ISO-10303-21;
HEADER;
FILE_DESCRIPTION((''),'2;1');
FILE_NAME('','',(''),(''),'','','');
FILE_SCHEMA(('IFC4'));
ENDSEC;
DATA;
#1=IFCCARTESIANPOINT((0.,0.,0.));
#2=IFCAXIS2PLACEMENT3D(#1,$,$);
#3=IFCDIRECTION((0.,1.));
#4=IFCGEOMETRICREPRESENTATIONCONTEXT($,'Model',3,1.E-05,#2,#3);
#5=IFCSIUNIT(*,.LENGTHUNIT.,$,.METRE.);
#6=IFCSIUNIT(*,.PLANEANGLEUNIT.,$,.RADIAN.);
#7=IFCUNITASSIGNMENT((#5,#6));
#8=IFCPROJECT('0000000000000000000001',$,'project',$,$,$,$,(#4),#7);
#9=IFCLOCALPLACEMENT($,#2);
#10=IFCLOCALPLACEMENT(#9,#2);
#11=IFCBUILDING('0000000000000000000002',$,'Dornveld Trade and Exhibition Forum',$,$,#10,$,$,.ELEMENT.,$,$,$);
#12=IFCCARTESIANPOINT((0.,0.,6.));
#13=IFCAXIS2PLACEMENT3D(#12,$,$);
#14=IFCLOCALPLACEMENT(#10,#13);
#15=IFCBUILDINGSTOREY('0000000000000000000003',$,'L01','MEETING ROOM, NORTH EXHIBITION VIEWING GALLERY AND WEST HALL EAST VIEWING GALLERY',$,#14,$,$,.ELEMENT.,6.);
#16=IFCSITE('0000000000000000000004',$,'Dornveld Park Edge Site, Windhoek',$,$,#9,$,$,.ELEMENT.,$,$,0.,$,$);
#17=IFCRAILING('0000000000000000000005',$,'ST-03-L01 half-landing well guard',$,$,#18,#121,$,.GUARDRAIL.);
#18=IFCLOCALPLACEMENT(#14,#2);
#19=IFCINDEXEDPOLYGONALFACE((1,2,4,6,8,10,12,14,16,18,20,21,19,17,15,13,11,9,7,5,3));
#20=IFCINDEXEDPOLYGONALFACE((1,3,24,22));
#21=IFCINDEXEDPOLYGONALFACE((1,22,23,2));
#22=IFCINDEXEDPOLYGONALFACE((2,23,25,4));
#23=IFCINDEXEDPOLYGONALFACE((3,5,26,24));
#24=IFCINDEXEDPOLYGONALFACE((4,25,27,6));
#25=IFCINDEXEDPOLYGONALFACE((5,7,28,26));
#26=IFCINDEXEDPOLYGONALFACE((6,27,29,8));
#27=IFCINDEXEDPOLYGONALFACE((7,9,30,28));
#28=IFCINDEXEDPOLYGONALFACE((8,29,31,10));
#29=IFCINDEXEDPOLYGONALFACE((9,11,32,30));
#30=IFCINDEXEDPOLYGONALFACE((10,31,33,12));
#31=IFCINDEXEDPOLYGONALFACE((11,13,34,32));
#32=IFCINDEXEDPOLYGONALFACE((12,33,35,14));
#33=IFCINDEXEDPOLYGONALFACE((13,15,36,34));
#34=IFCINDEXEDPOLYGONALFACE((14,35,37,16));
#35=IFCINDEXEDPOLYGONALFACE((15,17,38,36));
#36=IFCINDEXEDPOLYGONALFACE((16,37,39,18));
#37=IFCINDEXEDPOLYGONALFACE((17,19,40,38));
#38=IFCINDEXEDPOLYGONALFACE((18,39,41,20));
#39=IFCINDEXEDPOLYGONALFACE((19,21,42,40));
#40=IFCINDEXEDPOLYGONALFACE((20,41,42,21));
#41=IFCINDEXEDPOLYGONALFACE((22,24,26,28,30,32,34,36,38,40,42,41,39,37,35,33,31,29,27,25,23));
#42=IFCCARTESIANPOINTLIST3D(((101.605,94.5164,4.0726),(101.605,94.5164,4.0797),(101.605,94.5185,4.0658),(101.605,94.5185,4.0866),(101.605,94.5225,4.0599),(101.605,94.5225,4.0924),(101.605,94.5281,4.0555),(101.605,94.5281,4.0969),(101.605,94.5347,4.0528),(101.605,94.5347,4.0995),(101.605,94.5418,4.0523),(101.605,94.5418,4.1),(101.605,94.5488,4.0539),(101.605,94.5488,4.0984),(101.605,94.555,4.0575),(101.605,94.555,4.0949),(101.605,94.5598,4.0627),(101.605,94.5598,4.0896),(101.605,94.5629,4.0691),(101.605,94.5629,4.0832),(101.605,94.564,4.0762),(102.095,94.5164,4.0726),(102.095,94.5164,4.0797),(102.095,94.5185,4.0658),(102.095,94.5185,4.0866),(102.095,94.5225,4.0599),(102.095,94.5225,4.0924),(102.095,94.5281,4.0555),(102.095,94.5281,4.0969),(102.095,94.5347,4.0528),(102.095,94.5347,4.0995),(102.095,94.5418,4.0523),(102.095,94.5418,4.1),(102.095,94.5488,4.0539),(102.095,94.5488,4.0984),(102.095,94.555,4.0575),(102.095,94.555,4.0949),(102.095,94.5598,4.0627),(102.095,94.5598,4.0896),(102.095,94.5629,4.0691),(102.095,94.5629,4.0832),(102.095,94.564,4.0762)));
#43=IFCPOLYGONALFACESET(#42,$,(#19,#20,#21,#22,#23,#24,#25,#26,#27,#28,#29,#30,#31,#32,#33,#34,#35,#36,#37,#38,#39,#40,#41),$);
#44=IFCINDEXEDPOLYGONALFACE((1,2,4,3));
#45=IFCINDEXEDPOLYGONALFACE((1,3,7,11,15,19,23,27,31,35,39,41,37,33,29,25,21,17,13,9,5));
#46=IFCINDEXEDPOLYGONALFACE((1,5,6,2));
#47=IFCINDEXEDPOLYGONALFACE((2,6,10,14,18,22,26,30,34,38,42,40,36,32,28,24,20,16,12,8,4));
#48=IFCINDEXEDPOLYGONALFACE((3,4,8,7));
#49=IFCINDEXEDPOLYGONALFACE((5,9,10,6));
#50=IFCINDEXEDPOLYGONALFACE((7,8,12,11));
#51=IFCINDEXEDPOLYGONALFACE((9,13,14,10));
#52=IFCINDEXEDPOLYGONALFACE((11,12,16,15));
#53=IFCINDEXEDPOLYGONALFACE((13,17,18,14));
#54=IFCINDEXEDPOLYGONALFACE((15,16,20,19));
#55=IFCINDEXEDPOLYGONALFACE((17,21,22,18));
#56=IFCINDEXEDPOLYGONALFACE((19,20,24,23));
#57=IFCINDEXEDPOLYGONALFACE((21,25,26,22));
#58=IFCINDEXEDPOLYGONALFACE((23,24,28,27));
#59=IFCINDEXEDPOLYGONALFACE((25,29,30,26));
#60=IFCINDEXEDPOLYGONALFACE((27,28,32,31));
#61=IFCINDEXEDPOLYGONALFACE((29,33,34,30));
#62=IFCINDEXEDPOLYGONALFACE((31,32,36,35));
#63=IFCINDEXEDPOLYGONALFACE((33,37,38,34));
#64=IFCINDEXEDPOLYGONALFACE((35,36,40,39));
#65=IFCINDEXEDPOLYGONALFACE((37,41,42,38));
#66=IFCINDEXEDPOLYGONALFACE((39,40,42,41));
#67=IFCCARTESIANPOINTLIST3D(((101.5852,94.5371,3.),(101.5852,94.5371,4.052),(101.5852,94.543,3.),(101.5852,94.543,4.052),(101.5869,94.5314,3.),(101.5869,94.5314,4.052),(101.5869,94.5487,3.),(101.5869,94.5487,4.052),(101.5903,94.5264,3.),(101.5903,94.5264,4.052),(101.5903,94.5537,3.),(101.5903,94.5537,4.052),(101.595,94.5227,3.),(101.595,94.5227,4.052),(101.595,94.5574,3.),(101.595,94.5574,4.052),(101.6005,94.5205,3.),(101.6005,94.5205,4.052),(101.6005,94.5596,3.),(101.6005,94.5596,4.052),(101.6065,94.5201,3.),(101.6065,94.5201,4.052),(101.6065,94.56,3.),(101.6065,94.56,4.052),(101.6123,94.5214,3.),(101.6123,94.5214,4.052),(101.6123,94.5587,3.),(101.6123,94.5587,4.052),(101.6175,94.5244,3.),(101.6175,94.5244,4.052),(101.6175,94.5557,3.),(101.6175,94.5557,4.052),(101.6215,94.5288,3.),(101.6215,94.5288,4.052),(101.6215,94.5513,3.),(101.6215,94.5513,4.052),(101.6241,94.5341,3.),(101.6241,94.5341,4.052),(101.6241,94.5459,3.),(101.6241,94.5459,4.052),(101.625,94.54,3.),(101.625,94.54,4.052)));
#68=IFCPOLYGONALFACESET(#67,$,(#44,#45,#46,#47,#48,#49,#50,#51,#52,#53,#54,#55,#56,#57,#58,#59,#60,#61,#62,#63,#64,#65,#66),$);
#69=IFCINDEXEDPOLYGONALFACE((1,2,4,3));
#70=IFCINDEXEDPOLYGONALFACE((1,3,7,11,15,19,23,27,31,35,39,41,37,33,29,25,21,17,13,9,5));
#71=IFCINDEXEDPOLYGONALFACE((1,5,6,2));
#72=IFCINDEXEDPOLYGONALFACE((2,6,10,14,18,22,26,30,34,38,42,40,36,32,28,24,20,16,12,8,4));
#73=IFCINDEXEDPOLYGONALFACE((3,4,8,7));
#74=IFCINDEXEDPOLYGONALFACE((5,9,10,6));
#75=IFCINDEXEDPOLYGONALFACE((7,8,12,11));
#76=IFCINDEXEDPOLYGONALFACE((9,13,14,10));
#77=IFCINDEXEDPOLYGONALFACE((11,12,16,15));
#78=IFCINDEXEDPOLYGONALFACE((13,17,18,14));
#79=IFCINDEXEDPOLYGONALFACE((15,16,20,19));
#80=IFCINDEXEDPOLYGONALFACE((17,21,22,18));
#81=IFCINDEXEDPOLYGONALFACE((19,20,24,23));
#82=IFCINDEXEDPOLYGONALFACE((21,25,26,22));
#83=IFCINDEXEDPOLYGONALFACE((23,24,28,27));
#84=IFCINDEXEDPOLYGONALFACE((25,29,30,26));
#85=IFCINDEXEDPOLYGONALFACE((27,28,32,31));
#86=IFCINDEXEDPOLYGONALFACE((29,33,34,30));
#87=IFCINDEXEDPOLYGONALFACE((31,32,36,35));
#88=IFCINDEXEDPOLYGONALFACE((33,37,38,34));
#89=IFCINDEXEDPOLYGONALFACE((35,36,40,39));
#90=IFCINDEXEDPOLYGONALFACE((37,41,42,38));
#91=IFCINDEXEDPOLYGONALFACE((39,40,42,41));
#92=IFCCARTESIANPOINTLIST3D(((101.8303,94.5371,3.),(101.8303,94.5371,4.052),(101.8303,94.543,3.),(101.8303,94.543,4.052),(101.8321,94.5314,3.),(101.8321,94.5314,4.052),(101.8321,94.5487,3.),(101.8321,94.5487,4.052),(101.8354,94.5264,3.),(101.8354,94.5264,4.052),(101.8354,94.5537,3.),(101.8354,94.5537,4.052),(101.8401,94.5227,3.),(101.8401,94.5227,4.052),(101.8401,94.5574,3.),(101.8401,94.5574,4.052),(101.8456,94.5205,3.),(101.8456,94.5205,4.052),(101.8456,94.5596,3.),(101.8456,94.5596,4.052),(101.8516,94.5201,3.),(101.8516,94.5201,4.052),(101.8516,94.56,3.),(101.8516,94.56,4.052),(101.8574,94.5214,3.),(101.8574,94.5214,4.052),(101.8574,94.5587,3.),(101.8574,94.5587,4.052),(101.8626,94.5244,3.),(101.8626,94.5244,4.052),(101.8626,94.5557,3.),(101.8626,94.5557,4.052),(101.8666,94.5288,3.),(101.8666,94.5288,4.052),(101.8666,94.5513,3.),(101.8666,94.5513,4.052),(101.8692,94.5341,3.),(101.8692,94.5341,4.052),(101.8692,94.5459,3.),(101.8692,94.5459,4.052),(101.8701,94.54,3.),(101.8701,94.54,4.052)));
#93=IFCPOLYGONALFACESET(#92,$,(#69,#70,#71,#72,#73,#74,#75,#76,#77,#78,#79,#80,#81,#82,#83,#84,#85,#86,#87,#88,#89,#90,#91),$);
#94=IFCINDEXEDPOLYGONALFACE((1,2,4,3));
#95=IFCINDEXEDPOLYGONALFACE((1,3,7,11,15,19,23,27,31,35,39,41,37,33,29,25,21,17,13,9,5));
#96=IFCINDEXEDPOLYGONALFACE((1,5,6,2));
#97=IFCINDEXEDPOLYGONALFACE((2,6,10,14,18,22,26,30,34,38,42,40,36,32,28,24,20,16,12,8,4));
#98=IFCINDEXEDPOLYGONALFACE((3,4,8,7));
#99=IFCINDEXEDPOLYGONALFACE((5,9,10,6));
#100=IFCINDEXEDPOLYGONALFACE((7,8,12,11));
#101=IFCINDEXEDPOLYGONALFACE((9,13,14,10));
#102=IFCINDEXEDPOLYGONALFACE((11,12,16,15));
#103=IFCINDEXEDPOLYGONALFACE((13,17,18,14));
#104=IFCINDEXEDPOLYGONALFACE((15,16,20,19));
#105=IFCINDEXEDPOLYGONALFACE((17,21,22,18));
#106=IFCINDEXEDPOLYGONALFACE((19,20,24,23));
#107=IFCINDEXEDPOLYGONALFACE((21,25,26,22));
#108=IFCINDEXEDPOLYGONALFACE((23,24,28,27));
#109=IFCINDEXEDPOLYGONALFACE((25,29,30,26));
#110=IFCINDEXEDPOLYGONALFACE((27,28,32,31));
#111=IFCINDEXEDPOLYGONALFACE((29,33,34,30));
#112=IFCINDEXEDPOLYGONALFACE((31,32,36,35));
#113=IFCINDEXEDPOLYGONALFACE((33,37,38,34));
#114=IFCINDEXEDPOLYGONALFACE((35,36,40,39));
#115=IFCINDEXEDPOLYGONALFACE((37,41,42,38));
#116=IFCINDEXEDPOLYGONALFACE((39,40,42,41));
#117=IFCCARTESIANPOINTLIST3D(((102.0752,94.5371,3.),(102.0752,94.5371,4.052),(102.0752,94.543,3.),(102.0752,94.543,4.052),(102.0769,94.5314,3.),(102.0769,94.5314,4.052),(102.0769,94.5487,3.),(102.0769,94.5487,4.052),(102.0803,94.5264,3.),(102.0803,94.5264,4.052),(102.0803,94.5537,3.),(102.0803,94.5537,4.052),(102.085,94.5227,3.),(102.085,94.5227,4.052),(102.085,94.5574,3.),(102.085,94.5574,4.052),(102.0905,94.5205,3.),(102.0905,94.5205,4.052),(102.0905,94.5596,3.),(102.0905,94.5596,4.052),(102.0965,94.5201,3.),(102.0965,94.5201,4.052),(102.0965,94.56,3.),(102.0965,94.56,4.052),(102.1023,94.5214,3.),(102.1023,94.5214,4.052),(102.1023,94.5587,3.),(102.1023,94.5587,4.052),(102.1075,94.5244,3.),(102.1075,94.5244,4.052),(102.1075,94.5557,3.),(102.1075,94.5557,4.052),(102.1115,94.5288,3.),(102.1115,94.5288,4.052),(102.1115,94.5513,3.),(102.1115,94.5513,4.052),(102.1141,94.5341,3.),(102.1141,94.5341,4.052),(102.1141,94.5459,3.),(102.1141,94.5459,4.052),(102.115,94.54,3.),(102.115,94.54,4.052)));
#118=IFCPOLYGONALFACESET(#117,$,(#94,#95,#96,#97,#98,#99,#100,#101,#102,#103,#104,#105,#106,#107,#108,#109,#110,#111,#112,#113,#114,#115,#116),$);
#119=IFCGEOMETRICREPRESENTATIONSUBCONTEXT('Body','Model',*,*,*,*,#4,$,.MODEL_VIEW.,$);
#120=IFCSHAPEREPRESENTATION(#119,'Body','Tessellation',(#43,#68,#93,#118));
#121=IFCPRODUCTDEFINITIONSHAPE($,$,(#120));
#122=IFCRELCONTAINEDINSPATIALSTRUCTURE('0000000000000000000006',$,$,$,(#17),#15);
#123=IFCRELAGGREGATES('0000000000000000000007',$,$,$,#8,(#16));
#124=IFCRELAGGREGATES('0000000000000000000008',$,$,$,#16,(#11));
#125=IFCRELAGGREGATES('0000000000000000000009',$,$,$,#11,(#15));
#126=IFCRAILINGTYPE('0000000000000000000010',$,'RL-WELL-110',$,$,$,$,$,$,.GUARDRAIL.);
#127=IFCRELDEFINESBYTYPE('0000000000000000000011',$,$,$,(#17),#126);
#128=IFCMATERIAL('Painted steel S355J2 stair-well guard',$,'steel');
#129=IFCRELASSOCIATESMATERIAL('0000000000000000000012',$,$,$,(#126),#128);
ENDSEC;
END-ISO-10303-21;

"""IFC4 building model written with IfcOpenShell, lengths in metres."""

from ifc_helpers import new_model, si_unit, direction, frame, origin, origin_2d, place, context, subcontext, project, spatial, circle, extrude, material, type_object, element, save


model = new_model("IFC4")

# Units and contexts
model_context = context("Model", 3, precision=1e-05, world=origin(), true_north=direction((0.0, 1.0)))
body_context = subcontext(model_context, "Body", "Model", "MODEL_VIEW")
ifc_project = project(units=[si_unit("LENGTHUNIT", "METRE"), si_unit("PLANEANGLEUNIT", "RADIAN")], contexts=[model_context])

# Site, building, storey
site_placement = place(None, origin())
site = spatial("IfcSite", under=ifc_project, at=site_placement, Name="Dornveld Park Edge Site, Windhoek", CompositionType="ELEMENT", RefElevation=0.0)
building_placement = place(site_placement, origin())
building = spatial("IfcBuilding", under=site, at=building_placement, Name="Dornveld Trade and Exhibition Forum", CompositionType="ELEMENT")
storey_placement = place(building_placement, frame((0.0, 0.0, 6.0)))
storey = spatial("IfcBuildingStorey", under=building, at=storey_placement, Name="L01", Description="MEETING ROOM, NORTH EXHIBITION VIEWING GALLERY AND WEST HALL EAST VIEWING GALLERY", CompositionType="ELEMENT", Elevation=6.0)

# Railing
ifc_material_1 = material(Name="Painted steel S355J2 stair-well guard", Category="steel")
railing_type_1 = type_object("IfcRailingType", Name="RL-WELL-110", PredefinedType="GUARDRAIL", material=ifc_material_1)
railing_1_placement = place(storey_placement, frame((101.605, 94.54, 3.0)))
element("IfcRailing", 1, at=railing_1_placement, inside=storey, type_object=railing_type_1, Name="ST-03-L01 half-landing well guard", PredefinedType="GUARDRAIL", context=body_context, shape_type="SweptSolid", body=[
    extrude(circle(Radius=0.0239, at=origin_2d()), frame((0.0, 0.0, 1.0762), z_axis=(1.0, 0.0, 0.0), x_axis=(0.0, 1.0, 0.0)), (0.0, 0.0, 1.0), 0.49),
    extrude(circle(Radius=0.02, at=origin_2d()), origin(), (0.0, 0.0, 1.0), 1.052),
    extrude(circle(Radius=0.02, at=origin_2d()), frame((0.2451, 0.0, 0.0)), (0.0, 0.0, 1.0), 1.052),
    extrude(circle(Radius=0.02, at=origin_2d()), frame((0.49, 0.0, 0.0)), (0.0, 0.0, 1.0), 1.052),
])

save(model, "model.ifc")
